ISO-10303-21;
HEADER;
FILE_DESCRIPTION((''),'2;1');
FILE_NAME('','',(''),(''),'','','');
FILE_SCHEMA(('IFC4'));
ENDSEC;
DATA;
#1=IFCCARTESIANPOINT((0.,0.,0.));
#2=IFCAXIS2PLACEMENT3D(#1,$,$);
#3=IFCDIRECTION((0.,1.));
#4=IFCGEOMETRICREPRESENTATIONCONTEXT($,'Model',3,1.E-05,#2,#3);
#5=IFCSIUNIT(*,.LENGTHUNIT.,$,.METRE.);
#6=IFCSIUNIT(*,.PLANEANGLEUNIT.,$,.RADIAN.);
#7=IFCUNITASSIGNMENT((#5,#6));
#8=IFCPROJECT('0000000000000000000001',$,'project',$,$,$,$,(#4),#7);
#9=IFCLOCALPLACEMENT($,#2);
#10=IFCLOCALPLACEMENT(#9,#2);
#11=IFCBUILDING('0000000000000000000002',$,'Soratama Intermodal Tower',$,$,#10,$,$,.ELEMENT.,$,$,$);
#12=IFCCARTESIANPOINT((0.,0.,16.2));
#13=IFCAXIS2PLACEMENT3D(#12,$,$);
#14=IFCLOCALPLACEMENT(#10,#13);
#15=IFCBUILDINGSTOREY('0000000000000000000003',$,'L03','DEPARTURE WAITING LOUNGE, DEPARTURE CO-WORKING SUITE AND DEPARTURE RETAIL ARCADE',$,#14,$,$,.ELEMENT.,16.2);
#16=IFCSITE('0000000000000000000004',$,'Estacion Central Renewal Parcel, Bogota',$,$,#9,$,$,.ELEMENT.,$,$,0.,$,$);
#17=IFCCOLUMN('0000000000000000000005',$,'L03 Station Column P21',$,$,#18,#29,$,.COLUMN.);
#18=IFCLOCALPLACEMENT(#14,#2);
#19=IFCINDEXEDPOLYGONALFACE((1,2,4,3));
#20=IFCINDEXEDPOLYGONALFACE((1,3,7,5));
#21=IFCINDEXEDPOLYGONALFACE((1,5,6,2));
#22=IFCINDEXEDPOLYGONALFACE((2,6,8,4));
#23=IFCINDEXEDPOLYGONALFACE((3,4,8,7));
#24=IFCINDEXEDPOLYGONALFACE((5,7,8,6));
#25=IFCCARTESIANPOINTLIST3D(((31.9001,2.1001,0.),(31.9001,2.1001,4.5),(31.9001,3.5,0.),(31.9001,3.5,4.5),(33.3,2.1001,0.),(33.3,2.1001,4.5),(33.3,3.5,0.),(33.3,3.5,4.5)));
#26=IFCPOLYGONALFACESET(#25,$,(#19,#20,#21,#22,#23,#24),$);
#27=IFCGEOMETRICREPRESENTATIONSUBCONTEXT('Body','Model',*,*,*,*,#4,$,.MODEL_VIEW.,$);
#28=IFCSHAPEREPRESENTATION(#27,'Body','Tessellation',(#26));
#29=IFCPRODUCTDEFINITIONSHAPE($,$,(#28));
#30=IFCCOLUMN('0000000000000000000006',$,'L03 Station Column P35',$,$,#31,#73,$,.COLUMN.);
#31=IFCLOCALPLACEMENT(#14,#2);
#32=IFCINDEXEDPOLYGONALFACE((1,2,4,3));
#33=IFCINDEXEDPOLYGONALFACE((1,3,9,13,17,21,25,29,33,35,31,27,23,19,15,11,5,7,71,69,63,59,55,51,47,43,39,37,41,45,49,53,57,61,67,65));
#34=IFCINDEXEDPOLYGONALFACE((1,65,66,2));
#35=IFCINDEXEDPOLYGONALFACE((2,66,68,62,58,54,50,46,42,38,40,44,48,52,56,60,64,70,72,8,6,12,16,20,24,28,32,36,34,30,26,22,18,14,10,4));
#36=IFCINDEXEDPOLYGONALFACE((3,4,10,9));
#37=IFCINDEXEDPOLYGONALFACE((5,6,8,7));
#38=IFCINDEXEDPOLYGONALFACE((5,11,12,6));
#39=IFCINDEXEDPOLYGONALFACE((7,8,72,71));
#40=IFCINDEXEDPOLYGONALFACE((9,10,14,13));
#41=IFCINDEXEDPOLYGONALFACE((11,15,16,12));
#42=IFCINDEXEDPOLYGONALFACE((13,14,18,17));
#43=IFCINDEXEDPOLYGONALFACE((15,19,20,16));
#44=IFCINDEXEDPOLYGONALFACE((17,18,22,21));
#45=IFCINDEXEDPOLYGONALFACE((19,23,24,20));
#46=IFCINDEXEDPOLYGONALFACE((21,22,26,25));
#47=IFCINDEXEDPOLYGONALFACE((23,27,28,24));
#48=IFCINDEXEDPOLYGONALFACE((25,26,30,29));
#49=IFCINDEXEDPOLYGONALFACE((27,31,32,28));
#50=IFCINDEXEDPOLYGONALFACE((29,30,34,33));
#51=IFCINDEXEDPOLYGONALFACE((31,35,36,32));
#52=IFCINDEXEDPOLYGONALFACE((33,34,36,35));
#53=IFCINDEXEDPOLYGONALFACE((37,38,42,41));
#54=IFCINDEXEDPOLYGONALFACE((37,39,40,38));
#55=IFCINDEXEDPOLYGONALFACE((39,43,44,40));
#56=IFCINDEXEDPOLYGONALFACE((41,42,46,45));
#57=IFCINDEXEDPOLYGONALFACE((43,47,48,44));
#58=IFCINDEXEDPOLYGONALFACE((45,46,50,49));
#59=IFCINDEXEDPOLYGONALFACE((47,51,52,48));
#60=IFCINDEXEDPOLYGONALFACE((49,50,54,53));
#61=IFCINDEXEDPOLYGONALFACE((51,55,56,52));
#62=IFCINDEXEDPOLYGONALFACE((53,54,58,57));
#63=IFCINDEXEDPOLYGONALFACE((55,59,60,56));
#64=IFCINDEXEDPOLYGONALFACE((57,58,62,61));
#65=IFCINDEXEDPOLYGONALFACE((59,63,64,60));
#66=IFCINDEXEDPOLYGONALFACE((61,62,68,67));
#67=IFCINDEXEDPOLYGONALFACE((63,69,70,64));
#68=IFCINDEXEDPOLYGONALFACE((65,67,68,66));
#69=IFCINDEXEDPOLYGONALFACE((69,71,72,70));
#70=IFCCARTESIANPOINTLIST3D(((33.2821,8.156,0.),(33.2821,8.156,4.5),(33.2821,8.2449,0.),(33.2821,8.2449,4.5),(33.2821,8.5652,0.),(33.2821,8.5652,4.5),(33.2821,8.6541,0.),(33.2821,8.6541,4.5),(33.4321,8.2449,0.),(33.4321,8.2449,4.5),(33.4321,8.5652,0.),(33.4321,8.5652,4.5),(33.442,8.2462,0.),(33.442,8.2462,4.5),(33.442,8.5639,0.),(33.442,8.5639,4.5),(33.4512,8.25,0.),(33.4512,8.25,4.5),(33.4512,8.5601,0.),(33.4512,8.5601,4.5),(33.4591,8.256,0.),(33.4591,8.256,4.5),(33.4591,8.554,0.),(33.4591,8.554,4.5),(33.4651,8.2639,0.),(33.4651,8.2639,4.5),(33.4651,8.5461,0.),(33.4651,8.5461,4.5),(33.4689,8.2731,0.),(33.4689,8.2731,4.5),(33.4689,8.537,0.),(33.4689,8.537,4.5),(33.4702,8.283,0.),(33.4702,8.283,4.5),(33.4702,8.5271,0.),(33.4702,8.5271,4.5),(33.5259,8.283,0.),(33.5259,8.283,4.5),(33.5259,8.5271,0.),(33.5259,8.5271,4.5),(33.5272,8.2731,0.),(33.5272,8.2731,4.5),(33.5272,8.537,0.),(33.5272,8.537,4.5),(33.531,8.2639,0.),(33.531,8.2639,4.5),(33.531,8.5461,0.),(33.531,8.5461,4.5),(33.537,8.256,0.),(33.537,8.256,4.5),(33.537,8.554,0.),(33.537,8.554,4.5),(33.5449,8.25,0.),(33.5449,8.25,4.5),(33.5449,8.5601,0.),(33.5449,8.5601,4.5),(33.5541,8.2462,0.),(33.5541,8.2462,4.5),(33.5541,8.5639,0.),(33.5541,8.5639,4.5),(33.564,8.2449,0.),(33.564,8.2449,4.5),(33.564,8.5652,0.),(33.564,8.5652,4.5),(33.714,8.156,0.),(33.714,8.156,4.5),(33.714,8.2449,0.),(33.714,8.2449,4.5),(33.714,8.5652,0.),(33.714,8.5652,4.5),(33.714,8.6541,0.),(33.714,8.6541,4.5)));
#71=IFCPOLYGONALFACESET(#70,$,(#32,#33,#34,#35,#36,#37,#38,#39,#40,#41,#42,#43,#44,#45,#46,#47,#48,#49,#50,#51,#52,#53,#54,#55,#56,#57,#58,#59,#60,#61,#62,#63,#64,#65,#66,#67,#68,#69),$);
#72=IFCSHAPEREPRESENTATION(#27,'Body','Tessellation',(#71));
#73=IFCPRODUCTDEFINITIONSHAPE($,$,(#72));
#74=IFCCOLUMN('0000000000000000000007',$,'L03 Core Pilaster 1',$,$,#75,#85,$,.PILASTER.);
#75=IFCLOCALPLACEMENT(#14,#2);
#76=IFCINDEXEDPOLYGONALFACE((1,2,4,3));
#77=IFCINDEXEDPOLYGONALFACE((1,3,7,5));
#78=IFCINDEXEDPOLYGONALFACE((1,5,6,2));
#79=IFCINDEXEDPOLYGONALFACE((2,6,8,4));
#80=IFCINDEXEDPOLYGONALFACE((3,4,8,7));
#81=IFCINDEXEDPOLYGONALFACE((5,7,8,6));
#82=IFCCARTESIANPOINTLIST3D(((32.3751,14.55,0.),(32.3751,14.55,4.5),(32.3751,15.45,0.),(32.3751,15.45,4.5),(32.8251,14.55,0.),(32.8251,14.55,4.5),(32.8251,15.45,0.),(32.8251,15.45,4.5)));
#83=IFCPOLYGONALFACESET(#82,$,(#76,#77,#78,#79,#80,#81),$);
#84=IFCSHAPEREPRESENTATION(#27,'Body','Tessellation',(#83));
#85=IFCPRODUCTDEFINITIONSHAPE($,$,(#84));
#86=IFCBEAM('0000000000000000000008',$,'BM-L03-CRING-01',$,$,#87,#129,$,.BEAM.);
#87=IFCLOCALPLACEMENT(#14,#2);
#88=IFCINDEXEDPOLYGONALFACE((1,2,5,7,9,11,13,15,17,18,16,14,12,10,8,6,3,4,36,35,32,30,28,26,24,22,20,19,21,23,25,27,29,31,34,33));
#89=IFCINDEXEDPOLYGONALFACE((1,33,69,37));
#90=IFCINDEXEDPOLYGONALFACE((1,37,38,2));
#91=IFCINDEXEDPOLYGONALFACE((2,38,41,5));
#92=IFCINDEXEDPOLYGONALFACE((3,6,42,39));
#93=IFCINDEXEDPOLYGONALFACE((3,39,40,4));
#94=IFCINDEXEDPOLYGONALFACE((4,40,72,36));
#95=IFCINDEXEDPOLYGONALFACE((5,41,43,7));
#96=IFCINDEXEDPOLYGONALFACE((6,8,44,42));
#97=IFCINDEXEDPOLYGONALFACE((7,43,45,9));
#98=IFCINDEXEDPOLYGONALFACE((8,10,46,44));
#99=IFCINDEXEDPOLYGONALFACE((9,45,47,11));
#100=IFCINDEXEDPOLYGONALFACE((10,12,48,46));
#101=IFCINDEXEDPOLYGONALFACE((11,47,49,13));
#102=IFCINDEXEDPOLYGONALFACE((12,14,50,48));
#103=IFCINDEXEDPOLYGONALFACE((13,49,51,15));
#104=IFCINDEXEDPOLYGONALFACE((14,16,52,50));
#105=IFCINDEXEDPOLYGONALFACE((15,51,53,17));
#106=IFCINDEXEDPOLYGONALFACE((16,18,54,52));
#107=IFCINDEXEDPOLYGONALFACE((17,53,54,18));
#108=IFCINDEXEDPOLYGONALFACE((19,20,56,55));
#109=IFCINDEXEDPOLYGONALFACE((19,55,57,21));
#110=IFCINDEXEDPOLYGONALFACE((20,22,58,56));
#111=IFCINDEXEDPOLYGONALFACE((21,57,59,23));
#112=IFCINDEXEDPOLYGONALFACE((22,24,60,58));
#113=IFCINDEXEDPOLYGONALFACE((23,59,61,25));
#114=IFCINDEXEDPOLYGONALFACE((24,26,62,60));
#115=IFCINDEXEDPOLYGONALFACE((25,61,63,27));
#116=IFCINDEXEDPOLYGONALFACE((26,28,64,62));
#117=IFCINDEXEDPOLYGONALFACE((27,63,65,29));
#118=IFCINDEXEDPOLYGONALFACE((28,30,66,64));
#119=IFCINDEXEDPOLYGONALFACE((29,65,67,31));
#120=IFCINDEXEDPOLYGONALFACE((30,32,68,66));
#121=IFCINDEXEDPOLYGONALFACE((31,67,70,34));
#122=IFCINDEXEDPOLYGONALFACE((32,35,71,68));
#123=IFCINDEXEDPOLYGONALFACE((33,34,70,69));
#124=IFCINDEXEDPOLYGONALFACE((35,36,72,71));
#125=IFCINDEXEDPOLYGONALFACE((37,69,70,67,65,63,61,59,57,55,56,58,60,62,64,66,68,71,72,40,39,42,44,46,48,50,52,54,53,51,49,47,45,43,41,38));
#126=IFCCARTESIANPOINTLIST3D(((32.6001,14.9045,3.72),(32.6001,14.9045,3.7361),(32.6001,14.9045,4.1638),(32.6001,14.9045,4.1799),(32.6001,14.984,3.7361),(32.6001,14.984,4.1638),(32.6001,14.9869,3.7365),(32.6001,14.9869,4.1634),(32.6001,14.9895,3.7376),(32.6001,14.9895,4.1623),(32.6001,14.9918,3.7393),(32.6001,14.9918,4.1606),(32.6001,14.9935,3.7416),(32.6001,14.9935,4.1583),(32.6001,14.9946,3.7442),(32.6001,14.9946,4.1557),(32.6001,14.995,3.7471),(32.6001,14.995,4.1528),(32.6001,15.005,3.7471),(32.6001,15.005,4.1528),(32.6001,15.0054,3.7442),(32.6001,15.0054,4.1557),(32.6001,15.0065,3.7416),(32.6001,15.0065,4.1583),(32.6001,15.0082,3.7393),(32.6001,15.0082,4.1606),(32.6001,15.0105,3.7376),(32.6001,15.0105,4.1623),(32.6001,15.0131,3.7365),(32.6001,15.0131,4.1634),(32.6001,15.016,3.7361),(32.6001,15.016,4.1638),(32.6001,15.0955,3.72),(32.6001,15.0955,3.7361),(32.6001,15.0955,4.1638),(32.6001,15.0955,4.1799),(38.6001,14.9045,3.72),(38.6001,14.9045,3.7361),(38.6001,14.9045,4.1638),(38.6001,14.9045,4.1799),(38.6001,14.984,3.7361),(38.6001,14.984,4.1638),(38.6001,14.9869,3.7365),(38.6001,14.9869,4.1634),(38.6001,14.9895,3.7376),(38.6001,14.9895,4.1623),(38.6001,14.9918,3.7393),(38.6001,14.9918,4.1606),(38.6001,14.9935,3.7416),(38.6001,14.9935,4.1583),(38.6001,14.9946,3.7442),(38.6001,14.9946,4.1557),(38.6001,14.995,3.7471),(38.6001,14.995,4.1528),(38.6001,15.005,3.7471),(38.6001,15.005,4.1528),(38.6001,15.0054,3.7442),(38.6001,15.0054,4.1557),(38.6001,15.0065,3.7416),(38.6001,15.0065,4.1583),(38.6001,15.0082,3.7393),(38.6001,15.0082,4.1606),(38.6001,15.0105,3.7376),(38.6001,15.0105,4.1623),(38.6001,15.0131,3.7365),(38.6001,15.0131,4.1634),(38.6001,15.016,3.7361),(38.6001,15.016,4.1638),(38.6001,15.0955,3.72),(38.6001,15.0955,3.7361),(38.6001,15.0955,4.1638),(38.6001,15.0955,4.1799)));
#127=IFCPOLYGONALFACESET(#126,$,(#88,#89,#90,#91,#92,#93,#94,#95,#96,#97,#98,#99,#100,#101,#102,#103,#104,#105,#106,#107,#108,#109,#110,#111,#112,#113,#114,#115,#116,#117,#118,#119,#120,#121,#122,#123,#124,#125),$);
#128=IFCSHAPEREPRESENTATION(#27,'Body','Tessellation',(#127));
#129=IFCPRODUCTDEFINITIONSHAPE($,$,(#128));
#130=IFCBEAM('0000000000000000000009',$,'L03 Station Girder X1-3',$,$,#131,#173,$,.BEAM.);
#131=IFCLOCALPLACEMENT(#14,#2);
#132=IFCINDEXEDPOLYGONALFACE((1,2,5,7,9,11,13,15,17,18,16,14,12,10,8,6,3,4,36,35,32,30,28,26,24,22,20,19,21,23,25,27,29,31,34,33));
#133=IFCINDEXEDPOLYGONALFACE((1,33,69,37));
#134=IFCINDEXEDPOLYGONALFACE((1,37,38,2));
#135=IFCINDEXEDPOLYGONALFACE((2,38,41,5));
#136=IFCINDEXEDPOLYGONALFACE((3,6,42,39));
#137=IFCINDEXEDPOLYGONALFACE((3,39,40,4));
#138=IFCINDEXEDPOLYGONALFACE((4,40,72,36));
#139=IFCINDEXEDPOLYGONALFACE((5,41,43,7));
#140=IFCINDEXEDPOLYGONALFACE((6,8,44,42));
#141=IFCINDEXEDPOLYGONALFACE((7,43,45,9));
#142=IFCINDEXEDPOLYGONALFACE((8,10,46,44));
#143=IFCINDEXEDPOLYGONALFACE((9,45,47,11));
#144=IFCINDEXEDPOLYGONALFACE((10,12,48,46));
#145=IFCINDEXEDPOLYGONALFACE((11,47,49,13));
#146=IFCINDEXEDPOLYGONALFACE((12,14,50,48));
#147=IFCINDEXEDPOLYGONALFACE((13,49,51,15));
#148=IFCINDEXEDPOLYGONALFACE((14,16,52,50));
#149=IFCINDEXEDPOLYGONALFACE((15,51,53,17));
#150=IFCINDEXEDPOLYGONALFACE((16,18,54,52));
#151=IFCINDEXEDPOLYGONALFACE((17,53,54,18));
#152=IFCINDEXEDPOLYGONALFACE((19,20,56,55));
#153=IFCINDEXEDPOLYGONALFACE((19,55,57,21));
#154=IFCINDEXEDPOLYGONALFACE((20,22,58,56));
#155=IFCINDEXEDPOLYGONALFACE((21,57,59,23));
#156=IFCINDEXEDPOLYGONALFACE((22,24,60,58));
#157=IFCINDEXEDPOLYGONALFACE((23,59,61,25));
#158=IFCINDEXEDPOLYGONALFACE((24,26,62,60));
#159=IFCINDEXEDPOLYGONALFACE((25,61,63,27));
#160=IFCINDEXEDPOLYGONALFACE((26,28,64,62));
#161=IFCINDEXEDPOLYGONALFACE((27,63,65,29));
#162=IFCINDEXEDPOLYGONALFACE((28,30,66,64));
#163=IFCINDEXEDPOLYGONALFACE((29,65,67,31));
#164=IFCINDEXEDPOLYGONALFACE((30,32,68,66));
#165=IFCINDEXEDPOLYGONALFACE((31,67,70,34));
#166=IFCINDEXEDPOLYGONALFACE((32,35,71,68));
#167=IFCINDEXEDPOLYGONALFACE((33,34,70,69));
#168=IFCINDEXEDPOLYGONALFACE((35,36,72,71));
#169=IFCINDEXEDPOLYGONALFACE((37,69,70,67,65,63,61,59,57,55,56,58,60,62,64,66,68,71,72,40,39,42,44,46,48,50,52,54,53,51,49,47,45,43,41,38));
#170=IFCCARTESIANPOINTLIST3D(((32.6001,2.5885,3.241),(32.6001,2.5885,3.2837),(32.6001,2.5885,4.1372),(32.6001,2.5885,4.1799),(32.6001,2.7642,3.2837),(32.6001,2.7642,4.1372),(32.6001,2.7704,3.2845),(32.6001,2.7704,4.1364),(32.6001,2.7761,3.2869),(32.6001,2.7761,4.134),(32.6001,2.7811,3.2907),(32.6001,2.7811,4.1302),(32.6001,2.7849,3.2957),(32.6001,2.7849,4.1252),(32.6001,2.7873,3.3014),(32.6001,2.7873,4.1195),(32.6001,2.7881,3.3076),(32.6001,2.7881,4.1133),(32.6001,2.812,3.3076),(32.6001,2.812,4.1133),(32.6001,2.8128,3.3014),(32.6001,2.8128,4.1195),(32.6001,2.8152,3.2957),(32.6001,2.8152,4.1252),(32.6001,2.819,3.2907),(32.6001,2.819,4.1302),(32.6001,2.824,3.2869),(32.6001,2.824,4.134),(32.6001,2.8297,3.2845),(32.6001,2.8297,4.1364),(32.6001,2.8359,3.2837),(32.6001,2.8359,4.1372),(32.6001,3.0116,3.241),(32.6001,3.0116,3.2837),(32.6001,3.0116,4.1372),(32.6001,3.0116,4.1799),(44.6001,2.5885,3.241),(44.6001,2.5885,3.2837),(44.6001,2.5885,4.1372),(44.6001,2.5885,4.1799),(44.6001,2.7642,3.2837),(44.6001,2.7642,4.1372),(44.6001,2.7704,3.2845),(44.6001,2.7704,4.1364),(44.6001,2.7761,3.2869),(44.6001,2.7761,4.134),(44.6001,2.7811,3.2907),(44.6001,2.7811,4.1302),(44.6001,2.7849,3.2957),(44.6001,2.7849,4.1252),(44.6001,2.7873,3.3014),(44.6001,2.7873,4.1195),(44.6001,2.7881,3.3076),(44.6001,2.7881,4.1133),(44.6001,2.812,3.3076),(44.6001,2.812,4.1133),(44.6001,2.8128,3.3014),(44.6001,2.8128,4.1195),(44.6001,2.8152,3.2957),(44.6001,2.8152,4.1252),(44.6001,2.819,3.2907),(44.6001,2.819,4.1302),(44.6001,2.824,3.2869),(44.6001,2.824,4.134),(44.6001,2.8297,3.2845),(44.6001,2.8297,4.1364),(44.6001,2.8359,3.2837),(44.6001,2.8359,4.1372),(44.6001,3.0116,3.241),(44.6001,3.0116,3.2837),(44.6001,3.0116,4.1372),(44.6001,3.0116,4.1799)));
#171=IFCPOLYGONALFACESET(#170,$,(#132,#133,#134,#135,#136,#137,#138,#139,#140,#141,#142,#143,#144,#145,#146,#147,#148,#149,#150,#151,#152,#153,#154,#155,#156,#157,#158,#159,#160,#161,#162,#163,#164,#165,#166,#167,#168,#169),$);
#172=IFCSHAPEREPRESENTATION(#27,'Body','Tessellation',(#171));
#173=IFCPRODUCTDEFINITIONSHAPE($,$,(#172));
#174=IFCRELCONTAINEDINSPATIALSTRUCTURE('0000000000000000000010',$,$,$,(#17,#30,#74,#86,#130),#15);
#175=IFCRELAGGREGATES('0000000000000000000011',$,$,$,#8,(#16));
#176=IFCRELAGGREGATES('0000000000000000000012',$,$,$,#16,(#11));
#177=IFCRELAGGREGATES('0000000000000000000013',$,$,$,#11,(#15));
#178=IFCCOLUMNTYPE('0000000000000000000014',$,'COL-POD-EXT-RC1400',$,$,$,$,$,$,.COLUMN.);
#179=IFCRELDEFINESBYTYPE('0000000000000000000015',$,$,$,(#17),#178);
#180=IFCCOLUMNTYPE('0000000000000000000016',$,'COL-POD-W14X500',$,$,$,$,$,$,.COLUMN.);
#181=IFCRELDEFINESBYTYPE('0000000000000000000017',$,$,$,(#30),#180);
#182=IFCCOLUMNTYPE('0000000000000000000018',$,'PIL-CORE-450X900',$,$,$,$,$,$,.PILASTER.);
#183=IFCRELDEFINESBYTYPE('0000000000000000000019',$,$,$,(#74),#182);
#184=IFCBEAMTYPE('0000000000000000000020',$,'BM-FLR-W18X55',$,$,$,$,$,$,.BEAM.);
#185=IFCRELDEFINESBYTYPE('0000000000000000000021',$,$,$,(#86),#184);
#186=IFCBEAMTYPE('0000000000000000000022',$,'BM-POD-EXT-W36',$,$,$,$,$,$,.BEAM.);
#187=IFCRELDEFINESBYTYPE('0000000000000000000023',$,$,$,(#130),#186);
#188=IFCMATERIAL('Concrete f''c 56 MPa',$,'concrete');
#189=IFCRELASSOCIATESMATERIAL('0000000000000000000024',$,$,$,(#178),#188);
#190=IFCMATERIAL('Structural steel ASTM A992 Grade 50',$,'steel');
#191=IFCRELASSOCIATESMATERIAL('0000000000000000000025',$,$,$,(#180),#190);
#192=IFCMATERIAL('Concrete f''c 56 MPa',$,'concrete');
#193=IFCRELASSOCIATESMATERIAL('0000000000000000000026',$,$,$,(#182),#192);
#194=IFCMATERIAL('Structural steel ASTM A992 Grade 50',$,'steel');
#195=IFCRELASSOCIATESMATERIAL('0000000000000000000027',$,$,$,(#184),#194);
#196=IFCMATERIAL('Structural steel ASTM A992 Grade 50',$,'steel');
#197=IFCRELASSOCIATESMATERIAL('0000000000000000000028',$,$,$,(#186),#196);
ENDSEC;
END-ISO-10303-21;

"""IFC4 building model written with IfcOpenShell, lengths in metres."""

from ifc_helpers import new_model, si_unit, direction, frame, origin, origin_2d, place, context, subcontext, project, spatial, rectangle, i_section, extrude, material, material_profile, profile_set, type_object, element, save


model = new_model("IFC4")

# Units and contexts
model_context = context("Model", 3, precision=1e-05, world=origin(), true_north=direction((0.0, 1.0)))
body_context = subcontext(model_context, "Body", "Model", "MODEL_VIEW")
ifc_project = project(units=[si_unit("LENGTHUNIT", "METRE"), si_unit("PLANEANGLEUNIT", "RADIAN")], contexts=[model_context])

# Site, building, storey
site_placement = place(None, origin())
site = spatial("IfcSite", under=ifc_project, at=site_placement, Name="Estacion Central Renewal Parcel, Bogota", CompositionType="ELEMENT", RefElevation=0.0)
building_placement = place(site_placement, origin())
building = spatial("IfcBuilding", under=site, at=building_placement, Name="Soratama Intermodal Tower", CompositionType="ELEMENT")
storey_placement = place(building_placement, frame((0.0, 0.0, 16.2)))
storey = spatial("IfcBuildingStorey", under=building, at=storey_placement, Name="L03", Description="DEPARTURE WAITING LOUNGE, DEPARTURE CO-WORKING SUITE AND DEPARTURE RETAIL ARCADE", CompositionType="ELEMENT", Elevation=16.2)

# Columns
ifc_material_1 = material(Name="Concrete f'c 56 MPa", Category="concrete")
ifc_material_profile_1 = material_profile(ifc_material_1, rectangle(XDim=1.3999, YDim=1.3999, at=origin_2d()), Name="RC1400X1400")
ifc_profile_set_1 = profile_set([ifc_material_profile_1], Name="Concrete f'c 56 MPa")
column_type_1 = type_object("IfcColumnType", Name="COL-POD-EXT-RC1400", PredefinedType="COLUMN", material=ifc_profile_set_1)
column_1_placement = place(storey_placement, frame((32.6001, 2.8, 0.0), z_axis=(0.0, 0.0, 1.0), x_axis=(1.0, 0.0, 0.0)))
element("IfcColumn", 1, at=column_1_placement, inside=storey, type_object=column_type_1, Name="L03 Station Column P21", PredefinedType="COLUMN", context=body_context, shape_type="SweptSolid", body=[
    extrude(rectangle(XDim=1.3999, YDim=1.3999, at=origin_2d()), origin(), (0.0, 0.0, 1.0), 4.5),
])
ifc_material_2 = material(Name="Structural steel ASTM A992 Grade 50", Category="steel")
ifc_material_profile_2 = material_profile(ifc_material_2, i_section(OverallWidth=0.4319, OverallDepth=0.498, WebThickness=0.0557, FlangeThickness=0.0889, FilletRadius=0.0381, at=origin_2d()), Name="W14X500")
ifc_profile_set_2 = profile_set([ifc_material_profile_2], Name="Structural steel ASTM A992 Grade 50")
column_type_2 = type_object("IfcColumnType", Name="COL-POD-W14X500", PredefinedType="COLUMN", material=ifc_profile_set_2)
column_2_placement = place(storey_placement, frame((33.498, 8.405, 0.0), z_axis=(0.0, 0.0, 1.0), x_axis=(1.0, 0.0, 0.0)))
element("IfcColumn", 2, at=column_2_placement, inside=storey, type_object=column_type_2, Name="L03 Station Column P35", PredefinedType="COLUMN", context=body_context, shape_type="SweptSolid", body=[
    extrude(i_section(OverallWidth=0.4319, OverallDepth=0.498, WebThickness=0.0557, FlangeThickness=0.0889, FilletRadius=0.0381, at=origin_2d()), origin(), (0.0, 0.0, 1.0), 4.5),
])
ifc_material_3 = material(Name="Concrete f'c 56 MPa", Category="concrete")
ifc_material_profile_3 = material_profile(ifc_material_3, rectangle(XDim=0.45, YDim=0.8999, at=origin_2d()), Name="RC450X900")
ifc_profile_set_3 = profile_set([ifc_material_profile_3], Name="Concrete f'c 56 MPa")
column_type_3 = type_object("IfcColumnType", Name="PIL-CORE-450X900", PredefinedType="PILASTER", material=ifc_profile_set_3)
column_3_placement = place(storey_placement, frame((32.6001, 15.0, 0.0), z_axis=(0.0, 0.0, 1.0), x_axis=(1.0, 0.0, 0.0)))
element("IfcColumn", 3, at=column_3_placement, inside=storey, type_object=column_type_3, Name="L03 Core Pilaster 1", PredefinedType="PILASTER", context=body_context, shape_type="SweptSolid", body=[
    extrude(rectangle(XDim=0.45, YDim=0.8999, at=origin_2d()), origin(), (0.0, 0.0, 1.0), 4.5),
])

# Beams
ifc_material_4 = material(Name="Structural steel ASTM A992 Grade 50", Category="steel")
ifc_material_profile_4 = material_profile(ifc_material_4, i_section(OverallWidth=0.1909, OverallDepth=0.46, WebThickness=0.01, FlangeThickness=0.0161, FilletRadius=0.011, at=origin_2d()), Name="W18X55")
ifc_profile_set_4 = profile_set([ifc_material_profile_4], Name="Structural steel ASTM A992 Grade 50")
beam_type_1 = type_object("IfcBeamType", Name="BM-FLR-W18X55", PredefinedType="BEAM", material=ifc_profile_set_4)
beam_1_placement = place(storey_placement, frame((32.6001, 15.0, 3.95), z_axis=(1.0, 0.0, 0.0), x_axis=(0.0, 1.0, 0.0)))
element("IfcBeam", 4, at=beam_1_placement, inside=storey, type_object=beam_type_1, Name="BM-L03-CRING-01", PredefinedType="BEAM", context=body_context, shape_type="SweptSolid", body=[
    extrude(i_section(OverallWidth=0.1909, OverallDepth=0.46, WebThickness=0.01, FlangeThickness=0.0161, FilletRadius=0.011, at=origin_2d()), origin(), (0.0, 0.0, 1.0), 6.0),
])
ifc_material_5 = material(Name="Structural steel ASTM A992 Grade 50", Category="steel")
ifc_material_profile_5 = material_profile(ifc_material_5, i_section(OverallWidth=0.4231, OverallDepth=0.939, WebThickness=0.0239, FlangeThickness=0.0427, FilletRadius=0.0239, at=origin_2d()), Name="W36X302")
ifc_profile_set_5 = profile_set([ifc_material_profile_5], Name="Structural steel ASTM A992 Grade 50")
beam_type_2 = type_object("IfcBeamType", Name="BM-POD-EXT-W36", PredefinedType="BEAM", material=ifc_profile_set_5)
beam_2_placement = place(storey_placement, frame((32.6001, 2.8, 3.7104), z_axis=(1.0, 0.0, 0.0), x_axis=(0.0, 1.0, 0.0)))
element("IfcBeam", 5, at=beam_2_placement, inside=storey, type_object=beam_type_2, Name="L03 Station Girder X1-3", PredefinedType="BEAM", context=body_context, shape_type="SweptSolid", body=[
    extrude(i_section(OverallWidth=0.4231, OverallDepth=0.939, WebThickness=0.0239, FlangeThickness=0.0427, FilletRadius=0.0239, at=origin_2d()), origin(), (0.0, 0.0, 1.0), 12.0),
])

save(model, "model.ifc")
